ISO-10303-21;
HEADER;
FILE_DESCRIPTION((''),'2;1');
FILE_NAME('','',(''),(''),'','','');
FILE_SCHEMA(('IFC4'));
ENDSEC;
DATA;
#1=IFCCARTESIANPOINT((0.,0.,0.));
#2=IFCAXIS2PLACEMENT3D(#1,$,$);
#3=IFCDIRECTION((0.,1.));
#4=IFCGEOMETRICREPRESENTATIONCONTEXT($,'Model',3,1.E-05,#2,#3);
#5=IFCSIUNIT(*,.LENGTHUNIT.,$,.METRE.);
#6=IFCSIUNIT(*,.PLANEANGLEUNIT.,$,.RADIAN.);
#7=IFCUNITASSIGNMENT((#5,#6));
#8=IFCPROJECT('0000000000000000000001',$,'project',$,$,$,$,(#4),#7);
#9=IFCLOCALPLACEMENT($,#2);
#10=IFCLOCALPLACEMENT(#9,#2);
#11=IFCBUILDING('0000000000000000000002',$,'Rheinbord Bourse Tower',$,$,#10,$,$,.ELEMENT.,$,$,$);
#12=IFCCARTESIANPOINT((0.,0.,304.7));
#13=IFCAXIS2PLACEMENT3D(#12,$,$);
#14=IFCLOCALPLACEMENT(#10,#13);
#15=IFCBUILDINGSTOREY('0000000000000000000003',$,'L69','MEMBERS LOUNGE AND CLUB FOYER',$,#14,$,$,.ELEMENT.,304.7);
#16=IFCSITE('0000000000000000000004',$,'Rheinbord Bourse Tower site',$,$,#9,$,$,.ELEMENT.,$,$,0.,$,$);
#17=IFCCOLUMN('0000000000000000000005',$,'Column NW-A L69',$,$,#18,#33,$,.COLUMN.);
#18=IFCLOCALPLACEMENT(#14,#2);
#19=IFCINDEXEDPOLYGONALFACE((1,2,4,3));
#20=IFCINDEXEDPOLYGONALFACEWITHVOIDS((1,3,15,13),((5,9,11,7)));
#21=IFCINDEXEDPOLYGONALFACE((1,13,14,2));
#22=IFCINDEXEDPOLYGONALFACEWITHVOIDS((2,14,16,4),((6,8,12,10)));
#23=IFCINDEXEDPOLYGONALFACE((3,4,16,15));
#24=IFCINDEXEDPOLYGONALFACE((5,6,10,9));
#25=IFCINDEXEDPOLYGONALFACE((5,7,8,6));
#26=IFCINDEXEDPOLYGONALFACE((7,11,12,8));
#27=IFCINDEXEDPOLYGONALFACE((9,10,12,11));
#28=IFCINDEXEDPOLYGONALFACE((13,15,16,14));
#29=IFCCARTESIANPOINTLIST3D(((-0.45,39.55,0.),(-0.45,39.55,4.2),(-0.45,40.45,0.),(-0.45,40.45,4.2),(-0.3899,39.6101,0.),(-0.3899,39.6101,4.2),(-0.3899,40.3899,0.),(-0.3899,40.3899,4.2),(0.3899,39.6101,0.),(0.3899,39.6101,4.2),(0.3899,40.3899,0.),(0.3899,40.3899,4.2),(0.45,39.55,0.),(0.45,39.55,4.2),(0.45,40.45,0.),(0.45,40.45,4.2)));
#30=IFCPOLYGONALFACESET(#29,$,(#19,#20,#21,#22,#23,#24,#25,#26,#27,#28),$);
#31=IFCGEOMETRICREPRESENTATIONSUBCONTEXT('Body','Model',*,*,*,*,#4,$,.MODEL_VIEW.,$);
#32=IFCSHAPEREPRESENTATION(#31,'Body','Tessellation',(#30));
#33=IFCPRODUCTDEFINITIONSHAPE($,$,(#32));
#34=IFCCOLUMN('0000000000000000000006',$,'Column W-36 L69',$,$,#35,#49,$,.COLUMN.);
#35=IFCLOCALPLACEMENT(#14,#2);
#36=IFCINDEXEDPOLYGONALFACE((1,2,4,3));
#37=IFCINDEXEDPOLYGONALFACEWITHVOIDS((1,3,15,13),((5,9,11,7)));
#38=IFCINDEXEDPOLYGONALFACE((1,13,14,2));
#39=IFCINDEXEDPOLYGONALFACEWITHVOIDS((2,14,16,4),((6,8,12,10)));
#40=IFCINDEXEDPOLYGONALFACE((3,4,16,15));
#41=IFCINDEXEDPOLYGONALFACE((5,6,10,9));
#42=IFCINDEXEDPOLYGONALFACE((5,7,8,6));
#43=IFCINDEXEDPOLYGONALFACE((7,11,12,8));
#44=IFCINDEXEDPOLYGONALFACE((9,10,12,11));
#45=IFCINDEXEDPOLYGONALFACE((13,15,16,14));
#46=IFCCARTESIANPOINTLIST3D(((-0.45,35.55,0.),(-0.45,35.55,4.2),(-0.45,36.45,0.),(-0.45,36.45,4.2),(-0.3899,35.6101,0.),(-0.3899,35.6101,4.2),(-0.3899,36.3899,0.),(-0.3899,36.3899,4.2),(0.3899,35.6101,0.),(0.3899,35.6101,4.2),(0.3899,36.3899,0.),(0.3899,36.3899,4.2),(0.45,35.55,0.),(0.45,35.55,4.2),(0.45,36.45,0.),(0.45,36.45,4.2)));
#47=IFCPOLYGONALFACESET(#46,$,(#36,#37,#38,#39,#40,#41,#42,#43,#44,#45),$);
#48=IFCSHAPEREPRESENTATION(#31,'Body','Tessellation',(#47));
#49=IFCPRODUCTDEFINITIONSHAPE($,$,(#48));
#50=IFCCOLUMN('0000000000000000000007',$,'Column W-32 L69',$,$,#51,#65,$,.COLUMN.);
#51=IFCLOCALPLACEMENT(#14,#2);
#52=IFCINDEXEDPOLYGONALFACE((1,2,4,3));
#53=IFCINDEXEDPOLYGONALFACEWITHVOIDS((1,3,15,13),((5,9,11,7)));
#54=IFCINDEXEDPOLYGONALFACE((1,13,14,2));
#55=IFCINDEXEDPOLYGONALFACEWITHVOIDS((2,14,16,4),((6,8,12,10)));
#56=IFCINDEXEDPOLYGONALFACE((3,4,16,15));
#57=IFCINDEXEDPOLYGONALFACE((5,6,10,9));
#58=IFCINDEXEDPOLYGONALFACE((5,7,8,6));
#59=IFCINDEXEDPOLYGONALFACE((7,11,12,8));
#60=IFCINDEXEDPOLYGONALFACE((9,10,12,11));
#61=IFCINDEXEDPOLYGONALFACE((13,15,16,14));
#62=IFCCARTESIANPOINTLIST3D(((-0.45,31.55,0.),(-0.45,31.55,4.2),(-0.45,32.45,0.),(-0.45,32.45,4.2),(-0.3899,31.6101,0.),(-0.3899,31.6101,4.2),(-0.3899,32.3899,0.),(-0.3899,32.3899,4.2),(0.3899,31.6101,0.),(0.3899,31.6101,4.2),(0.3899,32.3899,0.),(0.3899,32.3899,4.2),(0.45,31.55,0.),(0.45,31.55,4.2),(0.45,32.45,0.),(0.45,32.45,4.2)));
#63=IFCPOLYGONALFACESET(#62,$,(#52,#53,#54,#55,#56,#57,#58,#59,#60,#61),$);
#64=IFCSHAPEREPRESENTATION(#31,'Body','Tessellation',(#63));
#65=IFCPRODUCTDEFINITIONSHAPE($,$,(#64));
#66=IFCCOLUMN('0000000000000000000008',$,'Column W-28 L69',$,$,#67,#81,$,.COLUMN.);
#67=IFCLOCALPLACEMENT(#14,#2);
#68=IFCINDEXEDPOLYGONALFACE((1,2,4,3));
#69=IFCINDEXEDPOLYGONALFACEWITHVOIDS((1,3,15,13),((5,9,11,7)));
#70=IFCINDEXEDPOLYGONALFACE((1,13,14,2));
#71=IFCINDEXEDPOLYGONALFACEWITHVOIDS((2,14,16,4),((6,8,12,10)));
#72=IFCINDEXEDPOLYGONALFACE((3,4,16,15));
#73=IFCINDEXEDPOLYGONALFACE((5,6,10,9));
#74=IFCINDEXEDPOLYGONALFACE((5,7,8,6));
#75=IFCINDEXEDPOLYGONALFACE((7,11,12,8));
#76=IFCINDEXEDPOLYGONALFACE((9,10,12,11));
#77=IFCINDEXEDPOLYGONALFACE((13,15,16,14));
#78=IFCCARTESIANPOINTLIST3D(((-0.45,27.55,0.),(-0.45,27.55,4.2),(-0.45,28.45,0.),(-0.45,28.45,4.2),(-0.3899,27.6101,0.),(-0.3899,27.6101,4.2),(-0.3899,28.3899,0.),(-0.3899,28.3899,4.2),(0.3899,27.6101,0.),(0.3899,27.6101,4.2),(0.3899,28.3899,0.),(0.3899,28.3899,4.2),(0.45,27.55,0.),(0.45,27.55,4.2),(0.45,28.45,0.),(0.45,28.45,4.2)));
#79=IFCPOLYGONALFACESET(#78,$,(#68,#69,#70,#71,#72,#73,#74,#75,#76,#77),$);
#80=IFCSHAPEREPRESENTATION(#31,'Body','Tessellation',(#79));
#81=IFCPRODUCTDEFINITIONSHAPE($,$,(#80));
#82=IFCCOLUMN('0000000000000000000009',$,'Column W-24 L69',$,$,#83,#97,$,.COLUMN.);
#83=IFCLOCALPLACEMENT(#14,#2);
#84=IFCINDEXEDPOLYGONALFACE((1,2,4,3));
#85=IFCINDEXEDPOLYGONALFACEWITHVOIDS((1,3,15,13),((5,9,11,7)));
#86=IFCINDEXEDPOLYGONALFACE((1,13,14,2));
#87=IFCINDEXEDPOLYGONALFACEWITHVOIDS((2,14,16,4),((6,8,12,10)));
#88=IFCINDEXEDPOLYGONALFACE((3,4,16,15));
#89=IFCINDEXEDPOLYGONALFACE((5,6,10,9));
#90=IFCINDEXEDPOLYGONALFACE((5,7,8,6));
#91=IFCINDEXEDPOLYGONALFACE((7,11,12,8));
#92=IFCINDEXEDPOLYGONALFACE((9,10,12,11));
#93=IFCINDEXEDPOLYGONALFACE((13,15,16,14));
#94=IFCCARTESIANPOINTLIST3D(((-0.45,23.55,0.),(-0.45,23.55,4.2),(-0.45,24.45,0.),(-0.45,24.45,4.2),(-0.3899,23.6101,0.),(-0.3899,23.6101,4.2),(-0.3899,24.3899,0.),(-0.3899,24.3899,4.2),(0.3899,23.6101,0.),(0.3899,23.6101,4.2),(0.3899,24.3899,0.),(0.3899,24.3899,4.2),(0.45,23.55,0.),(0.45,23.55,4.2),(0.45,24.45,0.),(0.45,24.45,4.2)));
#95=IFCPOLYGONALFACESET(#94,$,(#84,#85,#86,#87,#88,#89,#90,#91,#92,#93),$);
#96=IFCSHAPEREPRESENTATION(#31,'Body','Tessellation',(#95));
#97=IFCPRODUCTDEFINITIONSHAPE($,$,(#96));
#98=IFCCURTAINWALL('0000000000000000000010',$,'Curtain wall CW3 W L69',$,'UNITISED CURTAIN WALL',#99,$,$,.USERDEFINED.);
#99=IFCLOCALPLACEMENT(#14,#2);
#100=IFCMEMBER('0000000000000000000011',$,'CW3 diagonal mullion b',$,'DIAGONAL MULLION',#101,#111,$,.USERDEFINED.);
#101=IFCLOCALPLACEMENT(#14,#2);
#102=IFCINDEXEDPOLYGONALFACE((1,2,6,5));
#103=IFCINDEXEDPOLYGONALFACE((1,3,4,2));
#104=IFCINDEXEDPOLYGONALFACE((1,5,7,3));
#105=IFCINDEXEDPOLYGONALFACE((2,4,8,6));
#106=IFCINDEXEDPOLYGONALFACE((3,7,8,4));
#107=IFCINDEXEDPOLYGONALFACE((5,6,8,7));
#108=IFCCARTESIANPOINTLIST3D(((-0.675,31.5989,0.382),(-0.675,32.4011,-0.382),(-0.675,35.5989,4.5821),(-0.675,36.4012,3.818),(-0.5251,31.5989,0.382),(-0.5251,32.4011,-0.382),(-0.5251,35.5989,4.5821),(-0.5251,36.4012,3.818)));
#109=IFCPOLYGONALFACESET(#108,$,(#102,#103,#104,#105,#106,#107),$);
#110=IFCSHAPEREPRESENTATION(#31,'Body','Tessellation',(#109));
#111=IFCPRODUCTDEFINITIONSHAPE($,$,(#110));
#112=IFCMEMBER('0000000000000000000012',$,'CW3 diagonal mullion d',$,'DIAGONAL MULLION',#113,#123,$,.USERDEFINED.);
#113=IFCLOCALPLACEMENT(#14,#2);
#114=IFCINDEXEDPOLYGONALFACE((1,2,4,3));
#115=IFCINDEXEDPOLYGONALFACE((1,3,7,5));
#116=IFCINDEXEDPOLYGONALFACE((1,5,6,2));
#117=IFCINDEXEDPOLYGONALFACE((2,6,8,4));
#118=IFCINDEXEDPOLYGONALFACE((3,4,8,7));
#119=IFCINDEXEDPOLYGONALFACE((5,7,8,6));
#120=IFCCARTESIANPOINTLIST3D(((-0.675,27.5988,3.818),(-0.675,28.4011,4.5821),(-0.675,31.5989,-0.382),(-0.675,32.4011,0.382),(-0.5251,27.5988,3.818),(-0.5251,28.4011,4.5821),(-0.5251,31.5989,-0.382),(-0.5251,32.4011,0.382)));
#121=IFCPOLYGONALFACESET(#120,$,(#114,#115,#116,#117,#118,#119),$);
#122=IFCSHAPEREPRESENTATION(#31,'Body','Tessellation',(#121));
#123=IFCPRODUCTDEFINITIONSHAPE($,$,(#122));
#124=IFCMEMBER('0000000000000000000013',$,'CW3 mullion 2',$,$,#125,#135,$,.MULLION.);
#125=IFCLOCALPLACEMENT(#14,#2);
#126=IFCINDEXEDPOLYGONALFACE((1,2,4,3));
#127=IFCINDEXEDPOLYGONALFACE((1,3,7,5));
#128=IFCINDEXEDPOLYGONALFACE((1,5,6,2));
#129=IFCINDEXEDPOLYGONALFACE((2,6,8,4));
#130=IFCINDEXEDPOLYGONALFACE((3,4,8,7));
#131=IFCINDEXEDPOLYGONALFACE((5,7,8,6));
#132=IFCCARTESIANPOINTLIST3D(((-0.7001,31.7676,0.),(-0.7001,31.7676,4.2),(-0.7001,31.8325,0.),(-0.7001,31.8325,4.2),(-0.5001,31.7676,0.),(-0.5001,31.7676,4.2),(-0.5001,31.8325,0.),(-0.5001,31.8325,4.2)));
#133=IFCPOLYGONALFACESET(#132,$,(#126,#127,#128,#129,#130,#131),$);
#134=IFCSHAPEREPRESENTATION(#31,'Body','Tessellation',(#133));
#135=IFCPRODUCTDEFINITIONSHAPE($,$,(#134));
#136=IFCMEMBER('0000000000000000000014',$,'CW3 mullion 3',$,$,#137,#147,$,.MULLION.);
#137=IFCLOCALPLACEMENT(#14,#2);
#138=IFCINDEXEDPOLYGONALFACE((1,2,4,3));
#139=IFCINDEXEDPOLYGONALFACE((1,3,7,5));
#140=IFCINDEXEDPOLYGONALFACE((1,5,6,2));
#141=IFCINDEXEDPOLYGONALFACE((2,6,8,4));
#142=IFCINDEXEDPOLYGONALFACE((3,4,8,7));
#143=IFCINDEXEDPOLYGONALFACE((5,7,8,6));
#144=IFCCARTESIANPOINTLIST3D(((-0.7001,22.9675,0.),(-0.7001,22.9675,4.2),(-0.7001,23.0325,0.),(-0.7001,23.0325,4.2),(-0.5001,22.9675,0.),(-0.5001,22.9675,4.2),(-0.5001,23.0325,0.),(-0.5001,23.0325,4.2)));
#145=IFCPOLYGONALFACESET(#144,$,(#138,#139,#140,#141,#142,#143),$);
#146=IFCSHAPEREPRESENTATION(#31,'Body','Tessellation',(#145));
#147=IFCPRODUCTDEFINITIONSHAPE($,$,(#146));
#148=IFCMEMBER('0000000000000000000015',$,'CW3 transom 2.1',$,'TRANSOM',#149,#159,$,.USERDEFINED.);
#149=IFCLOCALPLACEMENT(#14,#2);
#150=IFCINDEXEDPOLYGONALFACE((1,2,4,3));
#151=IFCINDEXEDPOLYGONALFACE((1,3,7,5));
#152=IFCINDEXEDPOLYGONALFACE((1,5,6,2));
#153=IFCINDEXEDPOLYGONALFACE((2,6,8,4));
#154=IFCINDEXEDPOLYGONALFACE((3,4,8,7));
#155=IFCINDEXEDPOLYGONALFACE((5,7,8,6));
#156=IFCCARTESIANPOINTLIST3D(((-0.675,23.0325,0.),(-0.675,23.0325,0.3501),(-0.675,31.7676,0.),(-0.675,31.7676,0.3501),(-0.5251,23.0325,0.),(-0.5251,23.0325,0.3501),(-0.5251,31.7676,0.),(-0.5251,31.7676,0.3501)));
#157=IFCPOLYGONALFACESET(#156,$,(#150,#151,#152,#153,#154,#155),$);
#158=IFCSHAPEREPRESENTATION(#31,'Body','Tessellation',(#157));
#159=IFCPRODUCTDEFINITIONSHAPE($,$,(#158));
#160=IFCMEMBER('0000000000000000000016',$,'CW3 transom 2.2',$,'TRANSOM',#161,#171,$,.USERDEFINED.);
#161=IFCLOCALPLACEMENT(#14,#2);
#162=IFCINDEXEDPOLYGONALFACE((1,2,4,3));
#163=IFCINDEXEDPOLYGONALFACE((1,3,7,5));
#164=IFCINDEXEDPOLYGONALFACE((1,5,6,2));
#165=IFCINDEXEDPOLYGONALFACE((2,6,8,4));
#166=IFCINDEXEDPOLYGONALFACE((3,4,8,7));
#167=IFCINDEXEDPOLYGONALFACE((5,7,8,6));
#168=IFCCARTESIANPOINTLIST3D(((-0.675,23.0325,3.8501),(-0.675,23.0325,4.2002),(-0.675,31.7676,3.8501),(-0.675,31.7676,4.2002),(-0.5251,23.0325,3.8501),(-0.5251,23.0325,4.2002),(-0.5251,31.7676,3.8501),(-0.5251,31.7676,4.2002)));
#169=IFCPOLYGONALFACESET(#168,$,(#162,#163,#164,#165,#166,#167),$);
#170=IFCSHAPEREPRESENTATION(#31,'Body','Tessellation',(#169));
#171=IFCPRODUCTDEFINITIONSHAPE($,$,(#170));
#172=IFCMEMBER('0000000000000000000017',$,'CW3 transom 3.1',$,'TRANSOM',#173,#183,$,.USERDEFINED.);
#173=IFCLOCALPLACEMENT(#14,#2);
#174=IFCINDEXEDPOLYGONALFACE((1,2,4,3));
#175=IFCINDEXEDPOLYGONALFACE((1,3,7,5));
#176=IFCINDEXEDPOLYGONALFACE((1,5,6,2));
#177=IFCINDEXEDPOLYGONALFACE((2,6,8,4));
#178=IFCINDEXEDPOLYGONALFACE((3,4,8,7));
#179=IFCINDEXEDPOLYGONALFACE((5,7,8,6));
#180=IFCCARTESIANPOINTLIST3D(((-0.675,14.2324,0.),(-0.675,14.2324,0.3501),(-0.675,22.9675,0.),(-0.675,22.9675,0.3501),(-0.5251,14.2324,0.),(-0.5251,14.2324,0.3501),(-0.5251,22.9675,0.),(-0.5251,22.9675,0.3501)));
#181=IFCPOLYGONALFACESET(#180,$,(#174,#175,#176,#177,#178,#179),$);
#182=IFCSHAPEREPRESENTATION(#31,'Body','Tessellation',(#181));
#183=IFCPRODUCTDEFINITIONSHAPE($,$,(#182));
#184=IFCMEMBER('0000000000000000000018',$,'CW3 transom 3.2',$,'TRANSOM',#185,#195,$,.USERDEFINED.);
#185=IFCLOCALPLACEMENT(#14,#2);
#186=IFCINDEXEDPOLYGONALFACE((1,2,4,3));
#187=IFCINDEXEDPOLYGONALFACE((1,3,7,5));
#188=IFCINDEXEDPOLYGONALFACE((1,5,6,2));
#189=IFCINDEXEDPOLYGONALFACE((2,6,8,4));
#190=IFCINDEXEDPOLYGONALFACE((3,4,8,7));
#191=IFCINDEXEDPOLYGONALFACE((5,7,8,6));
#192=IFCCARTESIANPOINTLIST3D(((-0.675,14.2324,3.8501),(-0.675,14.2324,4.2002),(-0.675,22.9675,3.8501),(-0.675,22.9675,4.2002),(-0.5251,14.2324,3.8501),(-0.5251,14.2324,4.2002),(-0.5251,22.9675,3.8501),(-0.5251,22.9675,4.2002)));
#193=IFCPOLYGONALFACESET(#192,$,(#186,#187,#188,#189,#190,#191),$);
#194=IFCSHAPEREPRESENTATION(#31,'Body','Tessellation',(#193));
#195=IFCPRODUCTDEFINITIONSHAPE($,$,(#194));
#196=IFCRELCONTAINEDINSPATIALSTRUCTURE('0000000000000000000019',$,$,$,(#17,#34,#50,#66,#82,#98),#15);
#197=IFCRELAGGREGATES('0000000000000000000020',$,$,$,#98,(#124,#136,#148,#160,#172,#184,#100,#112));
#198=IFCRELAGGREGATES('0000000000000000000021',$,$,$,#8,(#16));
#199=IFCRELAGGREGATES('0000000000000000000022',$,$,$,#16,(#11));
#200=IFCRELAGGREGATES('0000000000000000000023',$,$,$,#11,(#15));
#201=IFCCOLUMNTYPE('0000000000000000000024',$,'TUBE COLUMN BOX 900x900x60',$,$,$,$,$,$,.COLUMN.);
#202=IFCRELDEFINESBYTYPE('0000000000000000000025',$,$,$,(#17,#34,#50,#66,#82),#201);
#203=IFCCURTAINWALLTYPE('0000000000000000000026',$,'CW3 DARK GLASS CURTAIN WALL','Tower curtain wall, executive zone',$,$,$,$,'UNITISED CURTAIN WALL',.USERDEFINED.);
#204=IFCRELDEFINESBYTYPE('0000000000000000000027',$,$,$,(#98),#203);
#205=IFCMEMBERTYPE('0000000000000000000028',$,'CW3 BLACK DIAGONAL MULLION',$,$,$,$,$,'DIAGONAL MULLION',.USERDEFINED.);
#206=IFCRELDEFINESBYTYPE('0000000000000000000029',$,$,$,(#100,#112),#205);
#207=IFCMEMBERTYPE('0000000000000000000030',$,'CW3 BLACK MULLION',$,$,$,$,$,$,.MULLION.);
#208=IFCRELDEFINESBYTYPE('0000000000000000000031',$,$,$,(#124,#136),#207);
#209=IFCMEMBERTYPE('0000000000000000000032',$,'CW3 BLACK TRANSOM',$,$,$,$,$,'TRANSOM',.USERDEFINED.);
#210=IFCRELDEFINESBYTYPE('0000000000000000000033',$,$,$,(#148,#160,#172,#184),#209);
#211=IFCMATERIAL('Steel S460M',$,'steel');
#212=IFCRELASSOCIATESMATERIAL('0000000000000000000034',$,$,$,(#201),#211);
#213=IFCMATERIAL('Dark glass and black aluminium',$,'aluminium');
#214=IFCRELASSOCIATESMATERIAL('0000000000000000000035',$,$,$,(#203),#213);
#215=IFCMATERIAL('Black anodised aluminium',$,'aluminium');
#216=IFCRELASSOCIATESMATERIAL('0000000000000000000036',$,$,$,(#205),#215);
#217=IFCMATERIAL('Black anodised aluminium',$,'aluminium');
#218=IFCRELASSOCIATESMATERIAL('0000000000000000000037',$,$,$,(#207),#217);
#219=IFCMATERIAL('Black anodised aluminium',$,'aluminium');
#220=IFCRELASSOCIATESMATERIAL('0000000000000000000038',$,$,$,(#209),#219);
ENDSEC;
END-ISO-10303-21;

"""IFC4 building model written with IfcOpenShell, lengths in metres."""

from ifc_helpers import new_model, si_unit, direction, frame, origin, origin_2d, place, context, subcontext, project, spatial, rectangle, hollow_rectangle, extrude, material, material_profile, profile_set, type_object, element, aggregate, save


model = new_model("IFC4")

# Units and contexts
model_context = context("Model", 3, precision=1e-05, world=origin(), true_north=direction((0.0, 1.0)))
body_context = subcontext(model_context, "Body", "Model", "MODEL_VIEW")
ifc_project = project(units=[si_unit("LENGTHUNIT", "METRE"), si_unit("PLANEANGLEUNIT", "RADIAN")], contexts=[model_context])

# Site, building, storey
site_placement = place(None, origin())
site = spatial("IfcSite", under=ifc_project, at=site_placement, Name="Rheinbord Bourse Tower site", CompositionType="ELEMENT", RefElevation=0.0)
building_placement = place(site_placement, origin())
building = spatial("IfcBuilding", under=site, at=building_placement, Name="Rheinbord Bourse Tower", CompositionType="ELEMENT")
storey_placement = place(building_placement, frame((0.0, 0.0, 304.7)))
storey = spatial("IfcBuildingStorey", under=building, at=storey_placement, Name="L69", Description="MEMBERS LOUNGE AND CLUB FOYER", CompositionType="ELEMENT", Elevation=304.7)

# Columns
ifc_material_1 = material(Name="Steel S460M", Category="steel")
ifc_material_profile_1 = material_profile(ifc_material_1, hollow_rectangle(XDim=0.8999, YDim=0.8999, WallThickness=0.0601, at=origin_2d()), Name="BOX 900x900x60")
ifc_profile_set_1 = profile_set([ifc_material_profile_1], Name="Steel S460M")
column_type = type_object("IfcColumnType", Name="TUBE COLUMN BOX 900x900x60", PredefinedType="COLUMN", material=ifc_profile_set_1)
for number, where, z_axis, x_axis, name in (
    (1, (0.0, 40.0, 0.0), (0.0, 0.0, 1.0), (1.0, 0.0, 0.0), "Column NW-A L69"),
    (2, (0.0, 36.0, 0.0), (0.0, 0.0, 1.0), (1.0, 0.0, 0.0), "Column W-36 L69"),
    (3, (0.0, 32.0, 0.0), (0.0, 0.0, 1.0), (1.0, 0.0, 0.0), "Column W-32 L69"),
    (4, (0.0, 28.0, 0.0), (0.0, 0.0, 1.0), (1.0, 0.0, 0.0), "Column W-28 L69"),
    (5, (0.0, 24.0, 0.0), (0.0, 0.0, 1.0), (1.0, 0.0, 0.0), "Column W-24 L69"),
):
    element("IfcColumn", number, at=place(storey_placement, frame(where, z_axis=z_axis, x_axis=x_axis)), inside=storey, type_object=column_type, Name=name, PredefinedType="COLUMN", context=body_context, shape_type="SweptSolid", body=[
        extrude(hollow_rectangle(XDim=0.8999, YDim=0.8999, WallThickness=0.0601, at=origin_2d()), origin(), (0.0, 0.0, 1.0), 4.2),
    ])

# Curtain wall, members
ifc_material_2 = material(Name="Dark glass and black aluminium", Category="aluminium")
curtain_wall_type = type_object("IfcCurtainWallType", Name="CW3 DARK GLASS CURTAIN WALL", Description="Tower curtain wall, executive zone", ElementType="UNITISED CURTAIN WALL", PredefinedType="USERDEFINED", material=ifc_material_2)
curtain_wall_placement = place(storey_placement, origin())
curtain_wall = element("IfcCurtainWall", 6, at=curtain_wall_placement, inside=storey, type_object=curtain_wall_type, Name="Curtain wall CW3 W L69", ObjectType="UNITISED CURTAIN WALL", PredefinedType="USERDEFINED")
ifc_material_3 = material(Name="Black anodised aluminium", Category="aluminium")
ifc_material_profile_2 = material_profile(ifc_material_3, rectangle(XDim=0.1499, YDim=1.1079, at=origin_2d()), Name="CW3 DIAGONAL MULLION 1108x150")
ifc_profile_set_2 = profile_set([ifc_material_profile_2], Name="Black anodised aluminium")
member_type_1 = type_object("IfcMemberType", Name="CW3 BLACK DIAGONAL MULLION", ElementType="DIAGONAL MULLION", PredefinedType="USERDEFINED", material=ifc_profile_set_2)
member_1_placement = place(storey_placement, frame((-0.6001, 32.0, 0.0), z_axis=(0.0, 0.689659, 0.724134), x_axis=(-1.0, 0.0, 0.0)))
member_1 = element("IfcMember", 7, at=member_1_placement, type_object=member_type_1, Name="CW3 diagonal mullion b", ObjectType="DIAGONAL MULLION", PredefinedType="USERDEFINED", context=body_context, shape_type="SweptSolid", body=[
    extrude(rectangle(XDim=0.1499, YDim=1.1079, at=origin_2d()), origin(), (0.0, 0.0, 1.0), 5.8),
])
member_2_placement = place(storey_placement, frame((-0.6001, 32.0, 0.0), z_axis=(0.0, -0.689659, 0.724134), x_axis=(1.0, 0.0, 0.0)))
member_2 = element("IfcMember", 8, at=member_2_placement, type_object=member_type_1, Name="CW3 diagonal mullion d", ObjectType="DIAGONAL MULLION", PredefinedType="USERDEFINED", context=body_context, shape_type="SweptSolid", body=[
    extrude(rectangle(XDim=0.1499, YDim=1.1079, at=origin_2d()), origin(), (0.0, 0.0, 1.0), 5.8),
])
ifc_material_4 = material(Name="Black anodised aluminium", Category="aluminium")
ifc_material_profile_3 = material_profile(ifc_material_4, rectangle(XDim=0.2, YDim=0.0649, at=origin_2d()), Name="CW3 MULLION 65x200")
ifc_profile_set_3 = profile_set([ifc_material_profile_3], Name="Black anodised aluminium")
member_type_2 = type_object("IfcMemberType", Name="CW3 BLACK MULLION", PredefinedType="MULLION", material=ifc_profile_set_3)
member_3_placement = place(storey_placement, frame((-0.6001, 31.8, 0.0), z_axis=(0.0, 0.0, 1.0), x_axis=(1.0, 0.0, 0.0)))
member_3 = element("IfcMember", 9, at=member_3_placement, type_object=member_type_2, Name="CW3 mullion 2", PredefinedType="MULLION", context=body_context, shape_type="SweptSolid", body=[
    extrude(rectangle(XDim=0.2, YDim=0.0649, at=origin_2d()), origin(), (0.0, 0.0, 1.0), 4.2),
])
member_4_placement = place(storey_placement, frame((-0.6001, 23.0, 0.0), z_axis=(0.0, 0.0, 1.0), x_axis=(1.0, 0.0, 0.0)))
member_4 = element("IfcMember", 10, at=member_4_placement, type_object=member_type_2, Name="CW3 mullion 3", PredefinedType="MULLION", context=body_context, shape_type="SweptSolid", body=[
    extrude(rectangle(XDim=0.2, YDim=0.0649, at=origin_2d()), origin(), (0.0, 0.0, 1.0), 4.2),
])
ifc_material_5 = material(Name="Black anodised aluminium", Category="aluminium")
ifc_material_profile_4 = material_profile(ifc_material_5, rectangle(XDim=0.1499, YDim=0.3501, at=origin_2d()), Name="CW3 TRANSOM 350x150")
ifc_profile_set_4 = profile_set([ifc_material_profile_4], Name="Black anodised aluminium")
member_type_3 = type_object("IfcMemberType", Name="CW3 BLACK TRANSOM", ElementType="TRANSOM", PredefinedType="USERDEFINED", material=ifc_profile_set_4)
member_5_placement = place(storey_placement, frame((-0.6001, 31.7676, 0.175), z_axis=(0.0, -1.0, 0.0), x_axis=(1.0, 0.0, 0.0)))
member_5 = element("IfcMember", 11, at=member_5_placement, type_object=member_type_3, Name="CW3 transom 2.1", ObjectType="TRANSOM", PredefinedType="USERDEFINED", context=body_context, shape_type="SweptSolid", body=[
    extrude(rectangle(XDim=0.1499, YDim=0.3501, at=origin_2d()), origin(), (0.0, 0.0, 1.0), 8.7351),
])
member_6_placement = place(storey_placement, frame((-0.6001, 31.7676, 4.0251), z_axis=(0.0, -1.0, 0.0), x_axis=(1.0, 0.0, 0.0)))
member_6 = element("IfcMember", 12, at=member_6_placement, type_object=member_type_3, Name="CW3 transom 2.2", ObjectType="TRANSOM", PredefinedType="USERDEFINED", context=body_context, shape_type="SweptSolid", body=[
    extrude(rectangle(XDim=0.1499, YDim=0.3501, at=origin_2d()), origin(), (0.0, 0.0, 1.0), 8.7351),
])
member_7_placement = place(storey_placement, frame((-0.6001, 22.9675, 0.175), z_axis=(0.0, -1.0, 0.0), x_axis=(1.0, 0.0, 0.0)))
member_7 = element("IfcMember", 13, at=member_7_placement, type_object=member_type_3, Name="CW3 transom 3.1", ObjectType="TRANSOM", PredefinedType="USERDEFINED", context=body_context, shape_type="SweptSolid", body=[
    extrude(rectangle(XDim=0.1499, YDim=0.3501, at=origin_2d()), origin(), (0.0, 0.0, 1.0), 8.7351),
])
member_8_placement = place(storey_placement, frame((-0.6001, 22.9675, 4.0251), z_axis=(0.0, -1.0, 0.0), x_axis=(1.0, 0.0, 0.0)))
member_8 = element("IfcMember", 14, at=member_8_placement, type_object=member_type_3, Name="CW3 transom 3.2", ObjectType="TRANSOM", PredefinedType="USERDEFINED", context=body_context, shape_type="SweptSolid", body=[
    extrude(rectangle(XDim=0.1499, YDim=0.3501, at=origin_2d()), origin(), (0.0, 0.0, 1.0), 8.7351),
])

aggregate(curtain_wall, [member_3, member_4, member_5, member_6, member_7, member_8, member_1, member_2])

save(model, "model.ifc")
